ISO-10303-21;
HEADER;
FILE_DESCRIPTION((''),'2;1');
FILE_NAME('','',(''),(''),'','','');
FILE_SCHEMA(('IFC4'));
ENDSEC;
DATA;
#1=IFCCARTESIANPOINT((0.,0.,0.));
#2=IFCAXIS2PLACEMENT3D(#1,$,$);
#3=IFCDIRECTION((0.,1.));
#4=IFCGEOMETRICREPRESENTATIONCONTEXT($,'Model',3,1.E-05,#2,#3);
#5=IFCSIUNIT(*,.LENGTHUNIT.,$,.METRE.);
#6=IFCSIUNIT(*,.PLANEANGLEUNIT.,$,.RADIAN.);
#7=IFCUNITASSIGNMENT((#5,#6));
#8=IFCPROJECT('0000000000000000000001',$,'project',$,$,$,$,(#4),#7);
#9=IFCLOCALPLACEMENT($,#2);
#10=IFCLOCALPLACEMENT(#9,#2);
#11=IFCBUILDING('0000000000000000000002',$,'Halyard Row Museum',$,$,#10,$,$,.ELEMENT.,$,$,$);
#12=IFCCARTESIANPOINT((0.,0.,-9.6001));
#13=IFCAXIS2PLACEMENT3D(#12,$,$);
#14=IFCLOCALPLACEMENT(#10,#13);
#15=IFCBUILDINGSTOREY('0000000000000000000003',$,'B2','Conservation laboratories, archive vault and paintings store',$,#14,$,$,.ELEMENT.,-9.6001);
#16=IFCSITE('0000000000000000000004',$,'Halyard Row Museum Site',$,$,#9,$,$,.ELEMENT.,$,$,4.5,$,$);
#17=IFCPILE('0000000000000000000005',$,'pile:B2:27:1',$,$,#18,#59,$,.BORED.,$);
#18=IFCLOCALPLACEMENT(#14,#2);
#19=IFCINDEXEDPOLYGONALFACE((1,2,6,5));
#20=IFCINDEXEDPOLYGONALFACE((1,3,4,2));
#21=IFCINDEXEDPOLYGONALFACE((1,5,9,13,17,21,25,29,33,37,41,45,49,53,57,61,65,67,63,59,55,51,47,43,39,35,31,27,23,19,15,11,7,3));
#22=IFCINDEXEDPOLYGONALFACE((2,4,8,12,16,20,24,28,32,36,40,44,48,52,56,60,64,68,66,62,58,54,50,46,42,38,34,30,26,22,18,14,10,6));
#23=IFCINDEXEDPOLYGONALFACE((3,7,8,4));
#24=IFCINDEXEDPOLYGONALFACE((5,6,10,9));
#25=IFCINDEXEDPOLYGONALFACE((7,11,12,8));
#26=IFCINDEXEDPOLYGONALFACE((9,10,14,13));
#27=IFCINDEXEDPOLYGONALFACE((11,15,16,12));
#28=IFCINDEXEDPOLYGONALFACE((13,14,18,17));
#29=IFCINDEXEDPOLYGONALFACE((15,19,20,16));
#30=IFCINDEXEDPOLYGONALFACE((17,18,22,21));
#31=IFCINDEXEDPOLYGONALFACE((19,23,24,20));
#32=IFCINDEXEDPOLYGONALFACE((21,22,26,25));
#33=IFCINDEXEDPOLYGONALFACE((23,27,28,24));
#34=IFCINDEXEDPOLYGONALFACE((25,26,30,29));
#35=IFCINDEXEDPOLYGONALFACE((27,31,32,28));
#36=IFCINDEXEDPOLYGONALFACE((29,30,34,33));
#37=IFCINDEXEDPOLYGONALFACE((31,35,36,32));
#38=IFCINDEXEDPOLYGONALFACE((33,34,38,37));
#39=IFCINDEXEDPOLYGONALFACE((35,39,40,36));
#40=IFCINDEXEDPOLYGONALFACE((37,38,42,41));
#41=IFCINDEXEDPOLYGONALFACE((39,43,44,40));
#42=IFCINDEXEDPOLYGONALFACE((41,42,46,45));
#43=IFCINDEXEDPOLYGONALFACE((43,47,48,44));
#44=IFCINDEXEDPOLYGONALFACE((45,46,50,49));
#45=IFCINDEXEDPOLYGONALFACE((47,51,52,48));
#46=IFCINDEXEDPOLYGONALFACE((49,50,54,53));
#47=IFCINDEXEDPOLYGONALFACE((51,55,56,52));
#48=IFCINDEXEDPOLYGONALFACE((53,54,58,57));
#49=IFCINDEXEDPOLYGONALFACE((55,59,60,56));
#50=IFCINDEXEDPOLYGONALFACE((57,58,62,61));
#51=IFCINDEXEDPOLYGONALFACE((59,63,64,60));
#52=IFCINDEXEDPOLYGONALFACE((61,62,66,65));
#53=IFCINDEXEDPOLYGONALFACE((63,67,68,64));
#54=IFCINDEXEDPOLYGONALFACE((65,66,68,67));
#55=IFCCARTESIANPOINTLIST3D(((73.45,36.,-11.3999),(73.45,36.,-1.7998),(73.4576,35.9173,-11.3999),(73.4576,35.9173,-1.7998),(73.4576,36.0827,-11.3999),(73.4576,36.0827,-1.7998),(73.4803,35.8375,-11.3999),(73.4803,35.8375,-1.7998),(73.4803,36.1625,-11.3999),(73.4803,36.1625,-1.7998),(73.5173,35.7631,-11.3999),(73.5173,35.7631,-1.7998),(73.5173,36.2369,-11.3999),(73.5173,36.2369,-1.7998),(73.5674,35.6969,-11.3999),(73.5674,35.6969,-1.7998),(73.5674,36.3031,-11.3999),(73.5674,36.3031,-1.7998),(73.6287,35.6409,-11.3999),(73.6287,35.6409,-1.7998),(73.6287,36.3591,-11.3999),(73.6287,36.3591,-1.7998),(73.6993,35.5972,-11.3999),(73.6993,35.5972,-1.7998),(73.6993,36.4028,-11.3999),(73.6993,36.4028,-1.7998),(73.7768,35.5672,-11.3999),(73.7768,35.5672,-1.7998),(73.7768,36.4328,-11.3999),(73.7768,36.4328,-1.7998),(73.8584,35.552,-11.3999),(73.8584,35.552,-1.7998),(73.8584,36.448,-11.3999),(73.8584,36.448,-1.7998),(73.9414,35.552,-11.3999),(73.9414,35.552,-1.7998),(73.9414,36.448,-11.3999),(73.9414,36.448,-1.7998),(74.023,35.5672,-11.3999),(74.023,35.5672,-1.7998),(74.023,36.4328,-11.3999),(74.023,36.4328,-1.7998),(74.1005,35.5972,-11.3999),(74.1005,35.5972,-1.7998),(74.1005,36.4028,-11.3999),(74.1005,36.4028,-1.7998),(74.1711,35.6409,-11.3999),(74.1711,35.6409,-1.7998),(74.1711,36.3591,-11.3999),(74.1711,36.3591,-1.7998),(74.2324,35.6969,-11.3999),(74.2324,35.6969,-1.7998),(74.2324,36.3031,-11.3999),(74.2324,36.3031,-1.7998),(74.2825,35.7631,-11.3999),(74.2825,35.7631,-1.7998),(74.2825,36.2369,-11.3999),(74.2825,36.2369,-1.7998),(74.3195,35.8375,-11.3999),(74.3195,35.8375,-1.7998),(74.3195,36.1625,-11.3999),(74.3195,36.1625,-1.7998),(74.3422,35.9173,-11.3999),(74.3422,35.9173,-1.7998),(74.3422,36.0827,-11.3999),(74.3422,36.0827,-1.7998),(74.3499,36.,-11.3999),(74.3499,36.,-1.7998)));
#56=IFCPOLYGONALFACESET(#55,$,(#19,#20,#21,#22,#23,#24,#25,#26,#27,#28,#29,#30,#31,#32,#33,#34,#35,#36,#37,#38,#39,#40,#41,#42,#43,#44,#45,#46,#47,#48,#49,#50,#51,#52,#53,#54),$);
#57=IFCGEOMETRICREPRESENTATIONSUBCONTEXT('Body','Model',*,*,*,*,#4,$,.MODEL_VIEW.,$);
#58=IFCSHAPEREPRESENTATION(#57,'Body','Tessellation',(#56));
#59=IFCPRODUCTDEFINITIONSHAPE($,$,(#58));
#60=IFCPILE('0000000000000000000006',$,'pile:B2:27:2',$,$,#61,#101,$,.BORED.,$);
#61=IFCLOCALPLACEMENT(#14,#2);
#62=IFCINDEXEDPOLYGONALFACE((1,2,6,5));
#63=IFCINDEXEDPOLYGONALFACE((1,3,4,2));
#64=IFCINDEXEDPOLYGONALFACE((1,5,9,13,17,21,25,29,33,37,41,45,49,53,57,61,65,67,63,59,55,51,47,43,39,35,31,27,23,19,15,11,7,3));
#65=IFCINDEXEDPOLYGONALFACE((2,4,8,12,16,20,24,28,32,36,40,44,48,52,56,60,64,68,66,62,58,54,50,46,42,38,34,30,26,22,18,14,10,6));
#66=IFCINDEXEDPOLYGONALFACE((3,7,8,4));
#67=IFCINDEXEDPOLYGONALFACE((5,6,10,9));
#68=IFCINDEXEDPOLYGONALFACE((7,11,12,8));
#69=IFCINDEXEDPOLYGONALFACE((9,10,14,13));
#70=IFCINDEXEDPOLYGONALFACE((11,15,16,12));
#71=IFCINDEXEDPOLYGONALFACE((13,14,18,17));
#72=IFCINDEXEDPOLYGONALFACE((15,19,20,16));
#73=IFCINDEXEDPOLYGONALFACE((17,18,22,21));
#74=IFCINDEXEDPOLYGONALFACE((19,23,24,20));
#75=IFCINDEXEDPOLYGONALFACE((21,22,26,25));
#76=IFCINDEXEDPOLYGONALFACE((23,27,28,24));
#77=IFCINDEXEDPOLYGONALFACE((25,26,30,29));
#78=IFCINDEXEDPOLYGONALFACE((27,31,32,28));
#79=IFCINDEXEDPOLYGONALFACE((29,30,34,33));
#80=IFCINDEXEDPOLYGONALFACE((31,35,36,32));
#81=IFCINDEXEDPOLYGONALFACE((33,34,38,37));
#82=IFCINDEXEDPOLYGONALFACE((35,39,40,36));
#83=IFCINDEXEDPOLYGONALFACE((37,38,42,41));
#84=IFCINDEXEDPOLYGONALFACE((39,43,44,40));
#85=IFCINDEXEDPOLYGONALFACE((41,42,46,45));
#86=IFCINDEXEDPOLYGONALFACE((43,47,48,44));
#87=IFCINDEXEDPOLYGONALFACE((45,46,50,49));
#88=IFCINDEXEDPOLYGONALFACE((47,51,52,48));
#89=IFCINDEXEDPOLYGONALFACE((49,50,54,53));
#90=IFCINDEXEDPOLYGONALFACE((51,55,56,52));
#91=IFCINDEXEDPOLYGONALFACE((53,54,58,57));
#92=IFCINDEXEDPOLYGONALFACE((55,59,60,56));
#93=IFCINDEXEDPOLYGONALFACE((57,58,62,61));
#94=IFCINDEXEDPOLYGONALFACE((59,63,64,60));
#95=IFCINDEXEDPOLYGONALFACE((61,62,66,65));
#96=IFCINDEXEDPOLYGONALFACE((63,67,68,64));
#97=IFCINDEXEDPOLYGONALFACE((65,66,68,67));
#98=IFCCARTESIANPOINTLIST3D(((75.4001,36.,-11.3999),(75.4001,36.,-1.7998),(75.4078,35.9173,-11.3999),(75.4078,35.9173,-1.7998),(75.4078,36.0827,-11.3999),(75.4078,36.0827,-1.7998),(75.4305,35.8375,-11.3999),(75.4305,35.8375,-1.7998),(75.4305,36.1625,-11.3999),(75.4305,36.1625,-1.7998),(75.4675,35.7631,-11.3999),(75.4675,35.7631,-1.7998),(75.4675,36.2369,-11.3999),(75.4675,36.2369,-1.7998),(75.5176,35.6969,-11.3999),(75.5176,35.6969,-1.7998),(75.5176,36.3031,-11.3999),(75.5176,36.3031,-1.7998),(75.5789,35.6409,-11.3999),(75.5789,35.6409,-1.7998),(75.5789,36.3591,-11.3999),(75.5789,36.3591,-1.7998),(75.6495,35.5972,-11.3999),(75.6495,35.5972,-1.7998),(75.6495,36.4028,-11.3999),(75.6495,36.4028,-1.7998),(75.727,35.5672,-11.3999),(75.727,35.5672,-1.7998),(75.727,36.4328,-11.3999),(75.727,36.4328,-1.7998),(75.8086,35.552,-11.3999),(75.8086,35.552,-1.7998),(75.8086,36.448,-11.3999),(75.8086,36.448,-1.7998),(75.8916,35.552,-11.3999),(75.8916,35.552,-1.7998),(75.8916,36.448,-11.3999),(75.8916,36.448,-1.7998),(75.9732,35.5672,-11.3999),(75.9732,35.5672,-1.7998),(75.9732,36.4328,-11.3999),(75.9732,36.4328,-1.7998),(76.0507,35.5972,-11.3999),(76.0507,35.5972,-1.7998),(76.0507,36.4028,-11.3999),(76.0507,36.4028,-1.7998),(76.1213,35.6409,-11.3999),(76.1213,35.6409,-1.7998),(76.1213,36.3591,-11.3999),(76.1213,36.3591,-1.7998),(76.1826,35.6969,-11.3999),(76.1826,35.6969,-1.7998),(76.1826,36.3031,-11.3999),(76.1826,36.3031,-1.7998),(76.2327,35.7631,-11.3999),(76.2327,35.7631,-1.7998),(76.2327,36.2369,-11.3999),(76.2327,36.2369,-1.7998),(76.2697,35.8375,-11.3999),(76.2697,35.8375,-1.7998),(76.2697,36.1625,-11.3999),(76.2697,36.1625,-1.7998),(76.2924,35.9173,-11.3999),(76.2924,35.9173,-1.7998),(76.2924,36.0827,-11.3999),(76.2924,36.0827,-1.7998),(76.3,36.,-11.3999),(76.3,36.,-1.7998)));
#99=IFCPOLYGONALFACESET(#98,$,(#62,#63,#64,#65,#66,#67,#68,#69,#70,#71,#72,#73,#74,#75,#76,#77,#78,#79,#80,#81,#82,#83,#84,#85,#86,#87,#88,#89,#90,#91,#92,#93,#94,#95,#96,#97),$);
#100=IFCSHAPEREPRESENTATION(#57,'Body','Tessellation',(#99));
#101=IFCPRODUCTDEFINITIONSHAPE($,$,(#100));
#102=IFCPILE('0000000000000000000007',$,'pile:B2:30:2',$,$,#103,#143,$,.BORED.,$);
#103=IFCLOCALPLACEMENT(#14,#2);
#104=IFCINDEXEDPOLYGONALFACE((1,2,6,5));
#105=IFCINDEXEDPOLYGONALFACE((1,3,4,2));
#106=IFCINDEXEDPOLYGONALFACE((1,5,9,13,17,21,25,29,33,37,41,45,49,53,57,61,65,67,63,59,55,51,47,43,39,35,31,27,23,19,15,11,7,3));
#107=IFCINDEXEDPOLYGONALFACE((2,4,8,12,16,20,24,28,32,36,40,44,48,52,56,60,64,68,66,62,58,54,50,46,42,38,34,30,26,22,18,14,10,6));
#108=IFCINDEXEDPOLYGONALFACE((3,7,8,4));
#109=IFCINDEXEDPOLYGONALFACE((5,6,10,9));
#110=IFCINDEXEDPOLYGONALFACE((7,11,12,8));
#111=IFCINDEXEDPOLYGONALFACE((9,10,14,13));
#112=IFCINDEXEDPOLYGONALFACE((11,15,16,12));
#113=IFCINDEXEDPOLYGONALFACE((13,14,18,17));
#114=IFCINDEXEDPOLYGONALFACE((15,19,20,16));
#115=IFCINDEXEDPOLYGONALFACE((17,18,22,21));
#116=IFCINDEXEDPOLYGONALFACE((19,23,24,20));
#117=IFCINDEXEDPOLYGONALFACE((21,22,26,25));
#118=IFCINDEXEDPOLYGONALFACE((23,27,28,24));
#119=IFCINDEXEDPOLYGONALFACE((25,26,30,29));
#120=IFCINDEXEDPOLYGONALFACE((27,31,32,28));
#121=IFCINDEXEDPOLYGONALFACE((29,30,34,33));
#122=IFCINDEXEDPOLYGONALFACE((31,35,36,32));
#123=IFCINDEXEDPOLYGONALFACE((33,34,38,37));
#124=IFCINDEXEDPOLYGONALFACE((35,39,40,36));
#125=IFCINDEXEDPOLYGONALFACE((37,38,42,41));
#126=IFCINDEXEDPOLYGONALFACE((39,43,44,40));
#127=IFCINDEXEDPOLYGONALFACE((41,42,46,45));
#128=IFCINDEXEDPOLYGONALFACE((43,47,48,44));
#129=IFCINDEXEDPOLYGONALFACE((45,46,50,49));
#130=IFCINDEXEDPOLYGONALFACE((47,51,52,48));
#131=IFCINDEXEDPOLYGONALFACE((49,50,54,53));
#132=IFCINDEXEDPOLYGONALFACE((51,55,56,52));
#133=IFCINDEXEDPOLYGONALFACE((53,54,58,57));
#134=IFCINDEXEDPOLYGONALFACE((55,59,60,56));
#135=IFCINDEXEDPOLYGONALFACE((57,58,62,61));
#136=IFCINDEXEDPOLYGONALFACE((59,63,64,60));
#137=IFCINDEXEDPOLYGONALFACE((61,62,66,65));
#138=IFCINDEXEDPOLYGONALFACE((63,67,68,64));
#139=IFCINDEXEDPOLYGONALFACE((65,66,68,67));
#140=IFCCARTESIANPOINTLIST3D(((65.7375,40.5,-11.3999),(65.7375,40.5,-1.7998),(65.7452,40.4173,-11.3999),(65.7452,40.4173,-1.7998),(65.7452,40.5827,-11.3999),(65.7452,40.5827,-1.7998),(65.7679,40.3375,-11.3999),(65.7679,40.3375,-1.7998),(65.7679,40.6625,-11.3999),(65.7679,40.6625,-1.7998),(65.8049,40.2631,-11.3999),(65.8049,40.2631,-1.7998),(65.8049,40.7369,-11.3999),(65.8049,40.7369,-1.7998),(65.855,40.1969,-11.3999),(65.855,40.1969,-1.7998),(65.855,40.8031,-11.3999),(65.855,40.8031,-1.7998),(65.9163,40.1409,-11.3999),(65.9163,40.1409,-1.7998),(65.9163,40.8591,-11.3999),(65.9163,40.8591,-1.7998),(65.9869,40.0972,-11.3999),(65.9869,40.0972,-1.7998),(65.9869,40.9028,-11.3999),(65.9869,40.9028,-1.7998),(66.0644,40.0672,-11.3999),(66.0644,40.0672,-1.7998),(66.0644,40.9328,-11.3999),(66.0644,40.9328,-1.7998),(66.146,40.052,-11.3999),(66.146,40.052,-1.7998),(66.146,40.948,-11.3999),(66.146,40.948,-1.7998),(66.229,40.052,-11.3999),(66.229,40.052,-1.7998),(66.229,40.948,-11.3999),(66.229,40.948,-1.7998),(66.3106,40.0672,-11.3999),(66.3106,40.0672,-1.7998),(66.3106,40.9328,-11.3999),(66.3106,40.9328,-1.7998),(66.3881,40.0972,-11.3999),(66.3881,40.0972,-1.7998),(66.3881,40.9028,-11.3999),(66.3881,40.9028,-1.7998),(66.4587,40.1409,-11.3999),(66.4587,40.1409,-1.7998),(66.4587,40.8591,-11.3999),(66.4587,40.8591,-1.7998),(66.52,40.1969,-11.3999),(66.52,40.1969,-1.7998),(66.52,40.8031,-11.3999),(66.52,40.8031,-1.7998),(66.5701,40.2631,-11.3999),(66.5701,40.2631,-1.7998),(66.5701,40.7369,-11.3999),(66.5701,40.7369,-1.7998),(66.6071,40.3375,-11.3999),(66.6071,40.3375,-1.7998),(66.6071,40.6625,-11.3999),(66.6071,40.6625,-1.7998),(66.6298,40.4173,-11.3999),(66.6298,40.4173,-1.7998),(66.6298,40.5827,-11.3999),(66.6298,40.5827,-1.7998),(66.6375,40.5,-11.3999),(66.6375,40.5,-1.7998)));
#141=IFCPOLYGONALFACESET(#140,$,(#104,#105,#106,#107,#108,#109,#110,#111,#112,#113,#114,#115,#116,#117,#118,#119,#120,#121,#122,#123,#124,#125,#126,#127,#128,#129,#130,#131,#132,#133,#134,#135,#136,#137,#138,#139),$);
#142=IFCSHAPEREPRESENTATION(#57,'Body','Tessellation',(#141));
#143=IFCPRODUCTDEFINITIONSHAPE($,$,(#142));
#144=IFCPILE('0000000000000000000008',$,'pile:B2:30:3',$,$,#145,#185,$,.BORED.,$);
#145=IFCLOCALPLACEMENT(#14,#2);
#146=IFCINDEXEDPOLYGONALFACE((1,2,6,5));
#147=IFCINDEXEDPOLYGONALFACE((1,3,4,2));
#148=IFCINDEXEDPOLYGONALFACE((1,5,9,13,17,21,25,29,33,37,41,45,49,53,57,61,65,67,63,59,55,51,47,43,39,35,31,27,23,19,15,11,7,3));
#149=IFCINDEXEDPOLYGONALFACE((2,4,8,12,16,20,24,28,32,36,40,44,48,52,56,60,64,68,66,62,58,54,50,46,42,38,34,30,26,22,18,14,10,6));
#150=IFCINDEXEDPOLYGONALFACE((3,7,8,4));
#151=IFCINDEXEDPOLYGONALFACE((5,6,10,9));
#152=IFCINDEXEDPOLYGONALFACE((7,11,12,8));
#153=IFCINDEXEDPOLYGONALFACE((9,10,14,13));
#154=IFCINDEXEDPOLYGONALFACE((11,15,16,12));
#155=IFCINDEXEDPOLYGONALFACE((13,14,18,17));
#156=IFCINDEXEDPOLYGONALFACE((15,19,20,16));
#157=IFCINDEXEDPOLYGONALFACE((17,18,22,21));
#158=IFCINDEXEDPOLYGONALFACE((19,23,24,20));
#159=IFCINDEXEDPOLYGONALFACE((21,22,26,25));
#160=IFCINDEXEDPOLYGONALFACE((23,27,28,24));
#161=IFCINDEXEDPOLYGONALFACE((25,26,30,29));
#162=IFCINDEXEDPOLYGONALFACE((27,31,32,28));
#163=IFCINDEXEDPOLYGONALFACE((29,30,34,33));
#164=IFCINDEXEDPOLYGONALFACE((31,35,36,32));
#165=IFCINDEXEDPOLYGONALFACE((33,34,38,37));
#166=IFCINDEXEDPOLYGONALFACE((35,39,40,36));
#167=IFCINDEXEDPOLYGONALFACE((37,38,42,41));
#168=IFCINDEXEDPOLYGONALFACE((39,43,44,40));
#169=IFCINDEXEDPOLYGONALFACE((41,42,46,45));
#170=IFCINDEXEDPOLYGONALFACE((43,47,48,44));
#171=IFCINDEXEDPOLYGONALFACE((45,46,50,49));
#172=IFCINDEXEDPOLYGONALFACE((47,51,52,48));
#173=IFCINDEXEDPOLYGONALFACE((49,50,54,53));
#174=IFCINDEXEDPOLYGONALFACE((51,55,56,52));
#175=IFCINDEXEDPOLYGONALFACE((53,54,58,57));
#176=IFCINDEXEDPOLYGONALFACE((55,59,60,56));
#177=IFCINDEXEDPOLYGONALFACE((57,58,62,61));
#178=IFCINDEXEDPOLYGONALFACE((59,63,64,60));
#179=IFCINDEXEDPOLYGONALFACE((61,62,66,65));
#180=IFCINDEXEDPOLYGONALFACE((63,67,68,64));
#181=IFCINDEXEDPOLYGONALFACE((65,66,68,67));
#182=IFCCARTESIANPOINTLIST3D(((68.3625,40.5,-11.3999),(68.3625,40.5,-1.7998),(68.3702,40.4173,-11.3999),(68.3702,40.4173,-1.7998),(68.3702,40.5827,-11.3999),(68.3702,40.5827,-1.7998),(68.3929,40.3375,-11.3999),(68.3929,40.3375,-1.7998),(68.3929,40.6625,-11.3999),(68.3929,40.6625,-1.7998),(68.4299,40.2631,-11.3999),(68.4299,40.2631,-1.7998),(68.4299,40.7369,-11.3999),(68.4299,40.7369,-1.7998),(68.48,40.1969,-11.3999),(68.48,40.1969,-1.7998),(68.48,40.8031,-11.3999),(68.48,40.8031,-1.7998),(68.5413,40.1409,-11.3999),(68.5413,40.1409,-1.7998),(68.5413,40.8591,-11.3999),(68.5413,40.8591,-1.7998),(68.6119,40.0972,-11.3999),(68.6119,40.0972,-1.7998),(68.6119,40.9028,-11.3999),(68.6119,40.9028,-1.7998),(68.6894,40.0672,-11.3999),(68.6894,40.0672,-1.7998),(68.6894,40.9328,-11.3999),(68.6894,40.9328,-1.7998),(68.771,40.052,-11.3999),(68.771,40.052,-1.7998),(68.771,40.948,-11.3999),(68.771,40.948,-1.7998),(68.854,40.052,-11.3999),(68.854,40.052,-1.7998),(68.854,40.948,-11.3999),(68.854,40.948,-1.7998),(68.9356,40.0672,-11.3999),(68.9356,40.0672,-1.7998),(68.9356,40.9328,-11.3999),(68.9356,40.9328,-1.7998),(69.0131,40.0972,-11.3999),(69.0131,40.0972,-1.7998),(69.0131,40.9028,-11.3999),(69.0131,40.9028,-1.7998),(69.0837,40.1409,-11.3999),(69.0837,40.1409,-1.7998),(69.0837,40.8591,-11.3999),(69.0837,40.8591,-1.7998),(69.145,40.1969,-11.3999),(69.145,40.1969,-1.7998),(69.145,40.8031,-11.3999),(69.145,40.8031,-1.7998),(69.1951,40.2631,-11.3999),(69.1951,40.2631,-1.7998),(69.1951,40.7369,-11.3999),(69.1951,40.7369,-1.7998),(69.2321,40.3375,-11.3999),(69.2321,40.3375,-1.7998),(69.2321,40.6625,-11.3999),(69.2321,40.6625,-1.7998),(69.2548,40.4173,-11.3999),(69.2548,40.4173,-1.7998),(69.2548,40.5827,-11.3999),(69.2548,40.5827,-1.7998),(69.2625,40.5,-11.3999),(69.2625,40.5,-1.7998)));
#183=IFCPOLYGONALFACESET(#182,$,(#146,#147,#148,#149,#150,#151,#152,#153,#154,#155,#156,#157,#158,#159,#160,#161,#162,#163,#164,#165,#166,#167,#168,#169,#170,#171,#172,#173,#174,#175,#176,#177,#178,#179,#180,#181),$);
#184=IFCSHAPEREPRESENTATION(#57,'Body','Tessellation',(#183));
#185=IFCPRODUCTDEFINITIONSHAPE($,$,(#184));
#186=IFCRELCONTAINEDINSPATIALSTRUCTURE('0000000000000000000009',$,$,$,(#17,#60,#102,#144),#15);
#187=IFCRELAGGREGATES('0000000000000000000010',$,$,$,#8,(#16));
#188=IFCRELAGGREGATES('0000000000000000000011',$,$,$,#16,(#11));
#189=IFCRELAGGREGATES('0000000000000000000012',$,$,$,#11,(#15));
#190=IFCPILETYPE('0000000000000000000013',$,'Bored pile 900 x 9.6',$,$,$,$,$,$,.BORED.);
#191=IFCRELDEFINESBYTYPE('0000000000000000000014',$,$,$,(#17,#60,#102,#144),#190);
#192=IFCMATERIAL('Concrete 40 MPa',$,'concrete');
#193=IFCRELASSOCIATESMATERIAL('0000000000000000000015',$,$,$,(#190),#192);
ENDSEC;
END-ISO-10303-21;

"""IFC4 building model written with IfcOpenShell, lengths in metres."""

from ifc_helpers import new_model, si_unit, direction, frame, origin, origin_2d, place, context, subcontext, project, spatial, circle, extrude, material, material_profile, profile_set, type_object, element, save


model = new_model("IFC4")

# Units and contexts
model_context = context("Model", 3, precision=1e-05, world=origin(), true_north=direction((0.0, 1.0)))
body_context = subcontext(model_context, "Body", "Model", "MODEL_VIEW")
ifc_project = project(units=[si_unit("LENGTHUNIT", "METRE"), si_unit("PLANEANGLEUNIT", "RADIAN")], contexts=[model_context])

# Site, building, storey
site_placement = place(None, origin())
site = spatial("IfcSite", under=ifc_project, at=site_placement, Name="Halyard Row Museum Site", CompositionType="ELEMENT", RefElevation=4.5)
building_placement = place(site_placement, origin())
building = spatial("IfcBuilding", under=site, at=building_placement, Name="Halyard Row Museum", CompositionType="ELEMENT")
storey_placement = place(building_placement, frame((0.0, 0.0, -9.6001)))
storey = spatial("IfcBuildingStorey", under=building, at=storey_placement, Name="B2", Description="Conservation laboratories, archive vault and paintings store", CompositionType="ELEMENT", Elevation=-9.6001)

# Piles
ifc_material_1 = material(Name="Concrete 40 MPa", Category="concrete")
ifc_material_profile_1 = material_profile(ifc_material_1, circle(Radius=0.45, at=origin_2d()), Name="Bored pile 900 x 9.6")
ifc_profile_set_1 = profile_set([ifc_material_profile_1], Name="Concrete 40 MPa")
pile_type_1 = type_object("IfcPileType", Name="Bored pile 900 x 9.6", PredefinedType="BORED", material=ifc_profile_set_1)
for number, where, z_axis, x_axis, name in (
    (1, (73.8999, 36.0, -1.7998), (0.0, 0.0, -1.0), (1.0, 0.0, 0.0), "pile:B2:27:1"),
    (2, (75.8501, 36.0, -1.7998), (0.0, 0.0, -1.0), (1.0, 0.0, 0.0), "pile:B2:27:2"),
    (3, (66.1875, 40.5, -1.7998), (0.0, 0.0, -1.0), (1.0, 0.0, 0.0), "pile:B2:30:2"),
    (4, (68.8125, 40.5, -1.7998), (0.0, 0.0, -1.0), (1.0, 0.0, 0.0), "pile:B2:30:3"),
):
    element("IfcPile", number, at=place(storey_placement, frame(where, z_axis=z_axis, x_axis=x_axis)), inside=storey, type_object=pile_type_1, Name=name, PredefinedType="BORED", context=body_context, shape_type="SweptSolid", body=[
        extrude(circle(Radius=0.45, at=origin_2d()), origin(), (0.0, 0.0, 1.0), 9.6001),
    ])

save(model, "model.ifc")
